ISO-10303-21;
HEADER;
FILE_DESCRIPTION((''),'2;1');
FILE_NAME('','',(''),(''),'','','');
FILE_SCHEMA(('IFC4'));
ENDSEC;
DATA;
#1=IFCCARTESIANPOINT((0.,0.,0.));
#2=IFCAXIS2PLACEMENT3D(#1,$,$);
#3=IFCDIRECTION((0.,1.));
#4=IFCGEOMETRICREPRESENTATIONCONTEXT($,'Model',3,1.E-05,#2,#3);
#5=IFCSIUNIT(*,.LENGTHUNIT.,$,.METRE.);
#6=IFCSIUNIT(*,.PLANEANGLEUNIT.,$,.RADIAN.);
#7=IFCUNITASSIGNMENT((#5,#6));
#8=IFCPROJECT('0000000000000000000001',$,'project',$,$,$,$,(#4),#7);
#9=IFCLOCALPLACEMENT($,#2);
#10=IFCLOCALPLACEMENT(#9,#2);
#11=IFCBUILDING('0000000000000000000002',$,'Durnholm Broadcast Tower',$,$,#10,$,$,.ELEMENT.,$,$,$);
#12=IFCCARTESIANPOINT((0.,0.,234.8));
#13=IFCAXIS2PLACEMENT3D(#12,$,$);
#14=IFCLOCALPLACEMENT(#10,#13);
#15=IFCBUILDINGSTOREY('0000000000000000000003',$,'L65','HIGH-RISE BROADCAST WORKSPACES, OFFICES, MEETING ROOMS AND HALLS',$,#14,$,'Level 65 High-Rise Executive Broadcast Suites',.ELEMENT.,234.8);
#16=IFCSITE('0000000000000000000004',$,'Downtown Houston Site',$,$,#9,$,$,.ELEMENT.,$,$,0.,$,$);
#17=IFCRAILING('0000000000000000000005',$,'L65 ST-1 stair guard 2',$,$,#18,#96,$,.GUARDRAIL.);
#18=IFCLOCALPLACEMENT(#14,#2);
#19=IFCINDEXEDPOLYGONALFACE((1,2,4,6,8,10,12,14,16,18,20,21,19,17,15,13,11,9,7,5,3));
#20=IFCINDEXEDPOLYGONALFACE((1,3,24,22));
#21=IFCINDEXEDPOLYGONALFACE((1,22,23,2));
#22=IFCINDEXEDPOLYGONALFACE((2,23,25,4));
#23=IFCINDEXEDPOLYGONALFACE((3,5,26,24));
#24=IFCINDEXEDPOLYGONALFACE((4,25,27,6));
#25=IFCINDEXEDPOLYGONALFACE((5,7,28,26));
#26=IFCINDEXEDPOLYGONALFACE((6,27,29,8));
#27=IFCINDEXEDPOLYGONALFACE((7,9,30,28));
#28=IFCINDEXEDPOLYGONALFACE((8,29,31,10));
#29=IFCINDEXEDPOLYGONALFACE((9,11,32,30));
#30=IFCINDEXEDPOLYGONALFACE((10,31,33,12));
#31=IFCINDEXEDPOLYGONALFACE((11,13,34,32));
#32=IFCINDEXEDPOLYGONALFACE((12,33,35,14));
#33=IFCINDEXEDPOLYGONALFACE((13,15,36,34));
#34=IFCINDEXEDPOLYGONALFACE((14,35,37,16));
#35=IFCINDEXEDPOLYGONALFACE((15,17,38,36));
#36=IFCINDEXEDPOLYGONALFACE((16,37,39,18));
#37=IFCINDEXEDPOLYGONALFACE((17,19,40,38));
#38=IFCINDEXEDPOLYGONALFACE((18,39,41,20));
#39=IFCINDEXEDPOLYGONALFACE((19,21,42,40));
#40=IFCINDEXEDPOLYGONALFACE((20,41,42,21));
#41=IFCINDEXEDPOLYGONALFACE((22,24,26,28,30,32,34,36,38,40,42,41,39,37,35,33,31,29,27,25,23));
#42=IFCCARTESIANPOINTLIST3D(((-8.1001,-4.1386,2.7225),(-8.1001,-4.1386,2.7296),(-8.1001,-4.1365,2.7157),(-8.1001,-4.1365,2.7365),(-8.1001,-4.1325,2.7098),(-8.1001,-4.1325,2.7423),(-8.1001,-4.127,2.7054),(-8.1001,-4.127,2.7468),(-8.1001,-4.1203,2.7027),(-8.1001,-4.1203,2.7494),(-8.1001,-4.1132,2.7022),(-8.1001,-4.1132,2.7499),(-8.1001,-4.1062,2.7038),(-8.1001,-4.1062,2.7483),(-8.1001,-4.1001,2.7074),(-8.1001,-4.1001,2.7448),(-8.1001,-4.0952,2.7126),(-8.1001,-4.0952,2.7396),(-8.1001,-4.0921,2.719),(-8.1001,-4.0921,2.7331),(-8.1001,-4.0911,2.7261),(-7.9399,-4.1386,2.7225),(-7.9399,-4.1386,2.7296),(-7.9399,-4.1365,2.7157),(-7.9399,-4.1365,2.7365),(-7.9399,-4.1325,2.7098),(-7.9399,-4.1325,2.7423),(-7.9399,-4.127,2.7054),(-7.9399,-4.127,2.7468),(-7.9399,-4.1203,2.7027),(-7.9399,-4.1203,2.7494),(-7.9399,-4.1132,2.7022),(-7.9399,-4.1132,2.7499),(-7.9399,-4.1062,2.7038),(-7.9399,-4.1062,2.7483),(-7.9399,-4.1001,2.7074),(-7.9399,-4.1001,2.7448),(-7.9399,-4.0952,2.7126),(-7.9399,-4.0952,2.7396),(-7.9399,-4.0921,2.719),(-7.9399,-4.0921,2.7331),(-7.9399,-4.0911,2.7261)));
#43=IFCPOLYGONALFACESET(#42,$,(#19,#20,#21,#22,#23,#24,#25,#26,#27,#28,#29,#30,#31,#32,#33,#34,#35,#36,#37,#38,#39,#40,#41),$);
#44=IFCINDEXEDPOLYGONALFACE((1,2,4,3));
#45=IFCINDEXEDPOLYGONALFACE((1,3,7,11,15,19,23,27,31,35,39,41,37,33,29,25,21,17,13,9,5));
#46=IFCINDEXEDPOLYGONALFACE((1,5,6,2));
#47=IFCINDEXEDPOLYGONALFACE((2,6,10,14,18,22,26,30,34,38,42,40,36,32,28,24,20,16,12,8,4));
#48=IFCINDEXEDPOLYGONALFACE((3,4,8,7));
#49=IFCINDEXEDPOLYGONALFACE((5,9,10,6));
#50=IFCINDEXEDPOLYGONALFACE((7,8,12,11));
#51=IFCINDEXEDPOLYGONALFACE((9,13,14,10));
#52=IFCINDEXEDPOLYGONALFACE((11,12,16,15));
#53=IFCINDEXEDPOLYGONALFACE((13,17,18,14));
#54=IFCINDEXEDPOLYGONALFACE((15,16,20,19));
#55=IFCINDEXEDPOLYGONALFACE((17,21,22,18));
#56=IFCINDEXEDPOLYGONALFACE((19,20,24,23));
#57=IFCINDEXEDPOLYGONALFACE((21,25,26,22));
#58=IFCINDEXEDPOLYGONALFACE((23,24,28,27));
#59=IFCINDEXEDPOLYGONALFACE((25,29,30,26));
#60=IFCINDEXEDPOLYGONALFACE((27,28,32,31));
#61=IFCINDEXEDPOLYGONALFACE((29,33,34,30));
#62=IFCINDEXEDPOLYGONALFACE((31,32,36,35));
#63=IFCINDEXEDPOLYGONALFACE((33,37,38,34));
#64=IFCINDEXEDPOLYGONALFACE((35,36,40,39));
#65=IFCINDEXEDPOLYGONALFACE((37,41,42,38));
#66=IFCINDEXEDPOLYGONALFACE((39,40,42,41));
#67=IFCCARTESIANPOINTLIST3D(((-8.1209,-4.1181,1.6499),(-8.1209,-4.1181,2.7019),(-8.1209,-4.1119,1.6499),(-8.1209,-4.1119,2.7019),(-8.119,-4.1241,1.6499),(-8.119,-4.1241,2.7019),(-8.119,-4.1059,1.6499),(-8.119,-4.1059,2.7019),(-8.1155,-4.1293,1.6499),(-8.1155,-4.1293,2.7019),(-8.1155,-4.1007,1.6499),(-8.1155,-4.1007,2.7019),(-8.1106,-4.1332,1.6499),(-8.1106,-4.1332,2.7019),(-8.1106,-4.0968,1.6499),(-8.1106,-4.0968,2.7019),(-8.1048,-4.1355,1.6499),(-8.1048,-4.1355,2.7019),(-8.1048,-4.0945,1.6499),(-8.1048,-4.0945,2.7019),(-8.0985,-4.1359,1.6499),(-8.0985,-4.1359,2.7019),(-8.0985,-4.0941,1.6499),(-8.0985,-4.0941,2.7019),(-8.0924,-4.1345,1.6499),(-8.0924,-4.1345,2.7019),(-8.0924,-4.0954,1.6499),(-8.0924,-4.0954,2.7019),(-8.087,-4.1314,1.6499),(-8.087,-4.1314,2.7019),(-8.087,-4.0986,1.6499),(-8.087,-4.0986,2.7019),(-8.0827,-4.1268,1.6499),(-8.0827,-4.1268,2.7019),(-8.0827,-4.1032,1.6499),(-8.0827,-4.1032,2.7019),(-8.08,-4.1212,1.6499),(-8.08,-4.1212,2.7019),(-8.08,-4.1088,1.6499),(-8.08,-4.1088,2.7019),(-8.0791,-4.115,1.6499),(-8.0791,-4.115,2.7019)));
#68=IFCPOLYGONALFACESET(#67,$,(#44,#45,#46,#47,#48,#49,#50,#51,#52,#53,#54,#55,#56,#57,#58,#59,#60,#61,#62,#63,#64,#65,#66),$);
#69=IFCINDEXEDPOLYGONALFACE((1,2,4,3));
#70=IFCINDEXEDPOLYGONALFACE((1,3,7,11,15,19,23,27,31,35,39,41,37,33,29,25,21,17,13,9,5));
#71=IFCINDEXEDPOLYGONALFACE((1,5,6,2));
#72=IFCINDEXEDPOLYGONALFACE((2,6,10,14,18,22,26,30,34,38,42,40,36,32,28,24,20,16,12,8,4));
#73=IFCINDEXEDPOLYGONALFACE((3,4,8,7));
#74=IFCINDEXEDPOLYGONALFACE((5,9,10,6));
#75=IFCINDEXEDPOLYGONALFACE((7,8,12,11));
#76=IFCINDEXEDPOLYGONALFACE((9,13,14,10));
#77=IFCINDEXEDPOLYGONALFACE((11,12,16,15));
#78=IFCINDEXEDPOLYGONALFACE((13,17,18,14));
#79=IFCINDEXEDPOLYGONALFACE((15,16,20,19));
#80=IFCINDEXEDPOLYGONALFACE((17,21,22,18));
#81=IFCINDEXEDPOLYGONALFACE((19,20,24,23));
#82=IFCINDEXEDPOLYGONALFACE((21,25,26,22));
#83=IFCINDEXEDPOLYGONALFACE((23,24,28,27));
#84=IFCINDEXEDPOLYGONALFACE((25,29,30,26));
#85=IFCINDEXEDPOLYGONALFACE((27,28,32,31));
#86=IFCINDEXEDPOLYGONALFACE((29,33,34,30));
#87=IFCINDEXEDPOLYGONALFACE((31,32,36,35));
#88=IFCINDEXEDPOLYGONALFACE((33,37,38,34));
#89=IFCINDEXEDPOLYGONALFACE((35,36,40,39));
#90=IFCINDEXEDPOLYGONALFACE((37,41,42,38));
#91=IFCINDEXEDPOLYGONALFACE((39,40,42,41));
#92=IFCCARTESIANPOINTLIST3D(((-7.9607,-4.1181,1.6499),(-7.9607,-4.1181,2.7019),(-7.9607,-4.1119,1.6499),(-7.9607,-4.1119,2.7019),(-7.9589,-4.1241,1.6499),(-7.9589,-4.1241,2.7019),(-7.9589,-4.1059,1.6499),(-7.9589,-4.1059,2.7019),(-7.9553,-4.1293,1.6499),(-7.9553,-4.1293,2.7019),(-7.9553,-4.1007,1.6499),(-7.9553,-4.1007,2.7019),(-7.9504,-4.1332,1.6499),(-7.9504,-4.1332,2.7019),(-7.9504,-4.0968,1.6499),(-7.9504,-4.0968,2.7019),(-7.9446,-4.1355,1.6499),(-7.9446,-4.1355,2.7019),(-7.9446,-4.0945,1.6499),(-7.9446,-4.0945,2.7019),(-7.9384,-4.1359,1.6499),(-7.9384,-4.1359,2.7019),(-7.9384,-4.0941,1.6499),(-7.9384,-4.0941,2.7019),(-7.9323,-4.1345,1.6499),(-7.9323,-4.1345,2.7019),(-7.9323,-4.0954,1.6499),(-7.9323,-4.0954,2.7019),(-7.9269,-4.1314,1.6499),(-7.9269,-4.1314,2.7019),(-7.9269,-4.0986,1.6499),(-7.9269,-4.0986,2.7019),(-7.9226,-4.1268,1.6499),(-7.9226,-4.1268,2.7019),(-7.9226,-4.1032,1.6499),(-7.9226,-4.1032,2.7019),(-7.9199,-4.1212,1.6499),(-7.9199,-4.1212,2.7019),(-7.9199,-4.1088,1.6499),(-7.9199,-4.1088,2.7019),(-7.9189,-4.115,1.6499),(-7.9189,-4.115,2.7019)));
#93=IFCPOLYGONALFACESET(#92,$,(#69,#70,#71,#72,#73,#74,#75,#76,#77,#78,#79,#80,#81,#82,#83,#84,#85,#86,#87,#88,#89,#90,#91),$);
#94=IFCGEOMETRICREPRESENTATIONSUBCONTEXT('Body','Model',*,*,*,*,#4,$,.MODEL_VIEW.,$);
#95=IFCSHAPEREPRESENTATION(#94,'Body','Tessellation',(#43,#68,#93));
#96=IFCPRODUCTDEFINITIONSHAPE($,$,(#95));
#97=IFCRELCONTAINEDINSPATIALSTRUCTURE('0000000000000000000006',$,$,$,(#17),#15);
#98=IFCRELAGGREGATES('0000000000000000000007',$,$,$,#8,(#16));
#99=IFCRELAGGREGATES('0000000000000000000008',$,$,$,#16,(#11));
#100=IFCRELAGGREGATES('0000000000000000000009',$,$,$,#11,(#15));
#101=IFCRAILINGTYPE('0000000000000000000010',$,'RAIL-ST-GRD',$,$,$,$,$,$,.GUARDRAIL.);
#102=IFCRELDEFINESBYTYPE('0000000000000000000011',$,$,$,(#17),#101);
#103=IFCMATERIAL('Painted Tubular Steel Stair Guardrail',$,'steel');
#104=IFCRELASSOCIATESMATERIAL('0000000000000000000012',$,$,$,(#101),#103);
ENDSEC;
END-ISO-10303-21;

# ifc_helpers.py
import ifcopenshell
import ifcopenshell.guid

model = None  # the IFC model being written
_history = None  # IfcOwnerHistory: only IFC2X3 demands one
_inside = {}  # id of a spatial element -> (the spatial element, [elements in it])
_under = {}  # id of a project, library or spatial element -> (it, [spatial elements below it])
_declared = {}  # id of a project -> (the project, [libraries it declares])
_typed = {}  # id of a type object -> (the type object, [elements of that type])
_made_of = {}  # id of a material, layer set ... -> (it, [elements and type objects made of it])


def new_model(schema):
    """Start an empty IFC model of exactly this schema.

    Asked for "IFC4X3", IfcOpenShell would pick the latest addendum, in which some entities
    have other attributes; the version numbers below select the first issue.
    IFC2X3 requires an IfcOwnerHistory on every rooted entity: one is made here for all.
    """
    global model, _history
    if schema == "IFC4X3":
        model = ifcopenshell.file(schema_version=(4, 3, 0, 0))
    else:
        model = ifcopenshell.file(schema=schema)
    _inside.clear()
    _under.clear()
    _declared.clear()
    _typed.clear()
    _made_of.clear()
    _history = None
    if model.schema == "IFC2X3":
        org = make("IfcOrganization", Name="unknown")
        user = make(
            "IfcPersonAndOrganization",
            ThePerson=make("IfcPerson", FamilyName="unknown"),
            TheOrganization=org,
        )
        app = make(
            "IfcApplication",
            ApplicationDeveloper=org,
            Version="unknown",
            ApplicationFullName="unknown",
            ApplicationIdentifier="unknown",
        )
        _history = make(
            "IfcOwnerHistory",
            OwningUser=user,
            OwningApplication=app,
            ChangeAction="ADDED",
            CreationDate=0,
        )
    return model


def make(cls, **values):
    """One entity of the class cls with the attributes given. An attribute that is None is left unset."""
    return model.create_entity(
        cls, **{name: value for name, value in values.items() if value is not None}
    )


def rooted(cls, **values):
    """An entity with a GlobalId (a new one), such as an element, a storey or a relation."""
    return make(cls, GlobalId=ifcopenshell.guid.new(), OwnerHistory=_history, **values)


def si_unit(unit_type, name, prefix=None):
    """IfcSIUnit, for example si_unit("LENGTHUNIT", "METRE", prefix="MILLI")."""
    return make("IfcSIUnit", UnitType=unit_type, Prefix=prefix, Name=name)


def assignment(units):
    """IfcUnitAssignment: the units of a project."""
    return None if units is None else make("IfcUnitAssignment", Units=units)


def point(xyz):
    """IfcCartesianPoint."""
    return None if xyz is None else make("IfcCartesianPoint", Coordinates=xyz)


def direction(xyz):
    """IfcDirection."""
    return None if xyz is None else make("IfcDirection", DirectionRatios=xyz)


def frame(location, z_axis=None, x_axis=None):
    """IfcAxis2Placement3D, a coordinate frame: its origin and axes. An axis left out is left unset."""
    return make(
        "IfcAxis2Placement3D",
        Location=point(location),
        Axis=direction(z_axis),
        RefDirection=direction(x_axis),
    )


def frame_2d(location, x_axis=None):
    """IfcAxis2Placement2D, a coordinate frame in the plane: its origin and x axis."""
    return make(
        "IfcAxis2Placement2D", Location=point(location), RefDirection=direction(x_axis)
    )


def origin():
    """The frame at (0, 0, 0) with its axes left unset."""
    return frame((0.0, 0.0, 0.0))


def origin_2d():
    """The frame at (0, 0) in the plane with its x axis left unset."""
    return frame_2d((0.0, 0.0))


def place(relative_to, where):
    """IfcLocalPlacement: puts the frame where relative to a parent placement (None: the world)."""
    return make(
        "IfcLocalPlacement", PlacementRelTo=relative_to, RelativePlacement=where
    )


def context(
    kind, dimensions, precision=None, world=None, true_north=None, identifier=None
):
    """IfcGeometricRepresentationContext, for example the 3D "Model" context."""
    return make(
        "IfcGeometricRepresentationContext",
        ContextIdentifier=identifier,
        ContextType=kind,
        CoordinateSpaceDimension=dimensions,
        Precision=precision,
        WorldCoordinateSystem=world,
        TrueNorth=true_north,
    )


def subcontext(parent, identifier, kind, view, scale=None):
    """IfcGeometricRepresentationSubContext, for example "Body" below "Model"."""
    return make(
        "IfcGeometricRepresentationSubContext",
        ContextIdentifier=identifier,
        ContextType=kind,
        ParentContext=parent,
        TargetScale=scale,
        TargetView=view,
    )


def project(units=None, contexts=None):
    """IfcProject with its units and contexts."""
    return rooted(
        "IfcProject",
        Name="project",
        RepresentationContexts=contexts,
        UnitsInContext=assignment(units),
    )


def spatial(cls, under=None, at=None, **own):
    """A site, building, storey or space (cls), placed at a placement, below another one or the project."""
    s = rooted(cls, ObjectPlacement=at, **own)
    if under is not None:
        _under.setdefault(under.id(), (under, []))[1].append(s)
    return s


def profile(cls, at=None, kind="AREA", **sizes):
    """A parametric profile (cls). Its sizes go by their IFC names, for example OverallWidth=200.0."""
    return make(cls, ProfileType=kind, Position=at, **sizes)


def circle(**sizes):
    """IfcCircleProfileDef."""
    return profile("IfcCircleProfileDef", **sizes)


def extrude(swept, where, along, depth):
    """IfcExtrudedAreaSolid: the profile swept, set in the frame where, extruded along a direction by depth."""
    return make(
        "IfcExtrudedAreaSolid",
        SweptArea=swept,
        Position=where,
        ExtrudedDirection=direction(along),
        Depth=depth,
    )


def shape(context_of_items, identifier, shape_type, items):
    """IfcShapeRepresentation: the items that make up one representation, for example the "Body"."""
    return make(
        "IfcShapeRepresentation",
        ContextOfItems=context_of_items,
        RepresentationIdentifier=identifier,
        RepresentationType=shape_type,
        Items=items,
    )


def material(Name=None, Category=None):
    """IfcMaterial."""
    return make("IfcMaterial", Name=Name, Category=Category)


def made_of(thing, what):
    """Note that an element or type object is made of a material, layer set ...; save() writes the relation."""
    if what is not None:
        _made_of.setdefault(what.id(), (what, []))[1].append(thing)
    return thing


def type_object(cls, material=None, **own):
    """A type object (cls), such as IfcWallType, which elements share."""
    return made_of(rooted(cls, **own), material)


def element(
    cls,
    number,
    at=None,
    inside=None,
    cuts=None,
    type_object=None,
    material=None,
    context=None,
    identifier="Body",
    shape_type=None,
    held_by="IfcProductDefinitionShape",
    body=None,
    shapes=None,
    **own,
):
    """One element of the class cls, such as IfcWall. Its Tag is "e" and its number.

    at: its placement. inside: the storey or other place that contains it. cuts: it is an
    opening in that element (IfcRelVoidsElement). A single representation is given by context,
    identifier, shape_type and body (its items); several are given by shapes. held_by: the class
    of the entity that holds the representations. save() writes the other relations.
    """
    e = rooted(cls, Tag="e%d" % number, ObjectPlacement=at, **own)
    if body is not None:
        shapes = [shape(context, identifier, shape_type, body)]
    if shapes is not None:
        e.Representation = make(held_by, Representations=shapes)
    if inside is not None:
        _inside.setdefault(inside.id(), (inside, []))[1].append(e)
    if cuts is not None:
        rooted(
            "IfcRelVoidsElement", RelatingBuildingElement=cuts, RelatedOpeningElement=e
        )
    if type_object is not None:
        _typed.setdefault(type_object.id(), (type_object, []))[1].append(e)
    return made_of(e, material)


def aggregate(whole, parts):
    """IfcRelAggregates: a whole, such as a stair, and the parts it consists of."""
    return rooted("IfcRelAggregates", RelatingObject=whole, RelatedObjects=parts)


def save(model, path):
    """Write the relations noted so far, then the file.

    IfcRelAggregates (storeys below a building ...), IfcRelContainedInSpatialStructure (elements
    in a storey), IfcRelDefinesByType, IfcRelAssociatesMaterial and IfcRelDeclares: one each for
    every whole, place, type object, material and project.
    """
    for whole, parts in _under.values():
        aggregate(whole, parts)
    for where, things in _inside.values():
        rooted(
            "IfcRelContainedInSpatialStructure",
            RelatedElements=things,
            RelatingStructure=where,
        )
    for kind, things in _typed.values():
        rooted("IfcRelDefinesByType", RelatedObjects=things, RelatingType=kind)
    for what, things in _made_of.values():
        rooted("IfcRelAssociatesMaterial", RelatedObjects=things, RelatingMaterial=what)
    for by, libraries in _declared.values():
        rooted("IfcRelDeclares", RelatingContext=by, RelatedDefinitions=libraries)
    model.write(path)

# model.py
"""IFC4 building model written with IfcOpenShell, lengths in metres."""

from ifc_helpers import new_model, si_unit, direction, frame, origin, origin_2d, place, context, subcontext, project, spatial, circle, extrude, material, type_object, element, save


model = new_model("IFC4")

# Units and contexts
model_context = context("Model", 3, precision=1e-05, world=origin(), true_north=direction((0.0, 1.0)))
body_context = subcontext(model_context, "Body", "Model", "MODEL_VIEW")
ifc_project = project(units=[si_unit("LENGTHUNIT", "METRE"), si_unit("PLANEANGLEUNIT", "RADIAN")], contexts=[model_context])

# Site, building, storey
site_placement = place(None, origin())
site = spatial("IfcSite", under=ifc_project, at=site_placement, Name="Downtown Houston Site", CompositionType="ELEMENT", RefElevation=0.0)
building_placement = place(site_placement, origin())
building = spatial("IfcBuilding", under=site, at=building_placement, Name="Durnholm Broadcast Tower", CompositionType="ELEMENT")
storey_placement = place(building_placement, frame((0.0, 0.0, 234.8)))
storey = spatial("IfcBuildingStorey", under=building, at=storey_placement, Name="L65", Description="HIGH-RISE BROADCAST WORKSPACES, OFFICES, MEETING ROOMS AND HALLS", LongName="Level 65 High-Rise Executive Broadcast Suites", CompositionType="ELEMENT", Elevation=234.8)

# Railing
ifc_material_1 = material(Name="Painted Tubular Steel Stair Guardrail", Category="steel")
railing_type_1 = type_object("IfcRailingType", Name="RAIL-ST-GRD", PredefinedType="GUARDRAIL", material=ifc_material_1)
railing_1_placement = place(storey_placement, frame((-8.1001, -4.115, 1.6499)))
element("IfcRailing", 1, at=railing_1_placement, inside=storey, type_object=railing_type_1, Name="L65 ST-1 stair guard 2", PredefinedType="GUARDRAIL", context=body_context, shape_type="SweptSolid", body=[
    extrude(circle(Radius=0.0239, at=origin_2d()), frame((0.0, 0.0, 1.0762), z_axis=(1.0, 0.0, 0.0), x_axis=(0.0, 1.0, 0.0)), (0.0, 0.0, 1.0), 0.1602),
    extrude(circle(Radius=0.021, at=origin_2d()), origin(), (0.0, 0.0, 1.0), 1.052),
    extrude(circle(Radius=0.021, at=origin_2d()), frame((0.1602, 0.0, 0.0)), (0.0, 0.0, 1.0), 1.052),
])

save(model, "model.ifc")
